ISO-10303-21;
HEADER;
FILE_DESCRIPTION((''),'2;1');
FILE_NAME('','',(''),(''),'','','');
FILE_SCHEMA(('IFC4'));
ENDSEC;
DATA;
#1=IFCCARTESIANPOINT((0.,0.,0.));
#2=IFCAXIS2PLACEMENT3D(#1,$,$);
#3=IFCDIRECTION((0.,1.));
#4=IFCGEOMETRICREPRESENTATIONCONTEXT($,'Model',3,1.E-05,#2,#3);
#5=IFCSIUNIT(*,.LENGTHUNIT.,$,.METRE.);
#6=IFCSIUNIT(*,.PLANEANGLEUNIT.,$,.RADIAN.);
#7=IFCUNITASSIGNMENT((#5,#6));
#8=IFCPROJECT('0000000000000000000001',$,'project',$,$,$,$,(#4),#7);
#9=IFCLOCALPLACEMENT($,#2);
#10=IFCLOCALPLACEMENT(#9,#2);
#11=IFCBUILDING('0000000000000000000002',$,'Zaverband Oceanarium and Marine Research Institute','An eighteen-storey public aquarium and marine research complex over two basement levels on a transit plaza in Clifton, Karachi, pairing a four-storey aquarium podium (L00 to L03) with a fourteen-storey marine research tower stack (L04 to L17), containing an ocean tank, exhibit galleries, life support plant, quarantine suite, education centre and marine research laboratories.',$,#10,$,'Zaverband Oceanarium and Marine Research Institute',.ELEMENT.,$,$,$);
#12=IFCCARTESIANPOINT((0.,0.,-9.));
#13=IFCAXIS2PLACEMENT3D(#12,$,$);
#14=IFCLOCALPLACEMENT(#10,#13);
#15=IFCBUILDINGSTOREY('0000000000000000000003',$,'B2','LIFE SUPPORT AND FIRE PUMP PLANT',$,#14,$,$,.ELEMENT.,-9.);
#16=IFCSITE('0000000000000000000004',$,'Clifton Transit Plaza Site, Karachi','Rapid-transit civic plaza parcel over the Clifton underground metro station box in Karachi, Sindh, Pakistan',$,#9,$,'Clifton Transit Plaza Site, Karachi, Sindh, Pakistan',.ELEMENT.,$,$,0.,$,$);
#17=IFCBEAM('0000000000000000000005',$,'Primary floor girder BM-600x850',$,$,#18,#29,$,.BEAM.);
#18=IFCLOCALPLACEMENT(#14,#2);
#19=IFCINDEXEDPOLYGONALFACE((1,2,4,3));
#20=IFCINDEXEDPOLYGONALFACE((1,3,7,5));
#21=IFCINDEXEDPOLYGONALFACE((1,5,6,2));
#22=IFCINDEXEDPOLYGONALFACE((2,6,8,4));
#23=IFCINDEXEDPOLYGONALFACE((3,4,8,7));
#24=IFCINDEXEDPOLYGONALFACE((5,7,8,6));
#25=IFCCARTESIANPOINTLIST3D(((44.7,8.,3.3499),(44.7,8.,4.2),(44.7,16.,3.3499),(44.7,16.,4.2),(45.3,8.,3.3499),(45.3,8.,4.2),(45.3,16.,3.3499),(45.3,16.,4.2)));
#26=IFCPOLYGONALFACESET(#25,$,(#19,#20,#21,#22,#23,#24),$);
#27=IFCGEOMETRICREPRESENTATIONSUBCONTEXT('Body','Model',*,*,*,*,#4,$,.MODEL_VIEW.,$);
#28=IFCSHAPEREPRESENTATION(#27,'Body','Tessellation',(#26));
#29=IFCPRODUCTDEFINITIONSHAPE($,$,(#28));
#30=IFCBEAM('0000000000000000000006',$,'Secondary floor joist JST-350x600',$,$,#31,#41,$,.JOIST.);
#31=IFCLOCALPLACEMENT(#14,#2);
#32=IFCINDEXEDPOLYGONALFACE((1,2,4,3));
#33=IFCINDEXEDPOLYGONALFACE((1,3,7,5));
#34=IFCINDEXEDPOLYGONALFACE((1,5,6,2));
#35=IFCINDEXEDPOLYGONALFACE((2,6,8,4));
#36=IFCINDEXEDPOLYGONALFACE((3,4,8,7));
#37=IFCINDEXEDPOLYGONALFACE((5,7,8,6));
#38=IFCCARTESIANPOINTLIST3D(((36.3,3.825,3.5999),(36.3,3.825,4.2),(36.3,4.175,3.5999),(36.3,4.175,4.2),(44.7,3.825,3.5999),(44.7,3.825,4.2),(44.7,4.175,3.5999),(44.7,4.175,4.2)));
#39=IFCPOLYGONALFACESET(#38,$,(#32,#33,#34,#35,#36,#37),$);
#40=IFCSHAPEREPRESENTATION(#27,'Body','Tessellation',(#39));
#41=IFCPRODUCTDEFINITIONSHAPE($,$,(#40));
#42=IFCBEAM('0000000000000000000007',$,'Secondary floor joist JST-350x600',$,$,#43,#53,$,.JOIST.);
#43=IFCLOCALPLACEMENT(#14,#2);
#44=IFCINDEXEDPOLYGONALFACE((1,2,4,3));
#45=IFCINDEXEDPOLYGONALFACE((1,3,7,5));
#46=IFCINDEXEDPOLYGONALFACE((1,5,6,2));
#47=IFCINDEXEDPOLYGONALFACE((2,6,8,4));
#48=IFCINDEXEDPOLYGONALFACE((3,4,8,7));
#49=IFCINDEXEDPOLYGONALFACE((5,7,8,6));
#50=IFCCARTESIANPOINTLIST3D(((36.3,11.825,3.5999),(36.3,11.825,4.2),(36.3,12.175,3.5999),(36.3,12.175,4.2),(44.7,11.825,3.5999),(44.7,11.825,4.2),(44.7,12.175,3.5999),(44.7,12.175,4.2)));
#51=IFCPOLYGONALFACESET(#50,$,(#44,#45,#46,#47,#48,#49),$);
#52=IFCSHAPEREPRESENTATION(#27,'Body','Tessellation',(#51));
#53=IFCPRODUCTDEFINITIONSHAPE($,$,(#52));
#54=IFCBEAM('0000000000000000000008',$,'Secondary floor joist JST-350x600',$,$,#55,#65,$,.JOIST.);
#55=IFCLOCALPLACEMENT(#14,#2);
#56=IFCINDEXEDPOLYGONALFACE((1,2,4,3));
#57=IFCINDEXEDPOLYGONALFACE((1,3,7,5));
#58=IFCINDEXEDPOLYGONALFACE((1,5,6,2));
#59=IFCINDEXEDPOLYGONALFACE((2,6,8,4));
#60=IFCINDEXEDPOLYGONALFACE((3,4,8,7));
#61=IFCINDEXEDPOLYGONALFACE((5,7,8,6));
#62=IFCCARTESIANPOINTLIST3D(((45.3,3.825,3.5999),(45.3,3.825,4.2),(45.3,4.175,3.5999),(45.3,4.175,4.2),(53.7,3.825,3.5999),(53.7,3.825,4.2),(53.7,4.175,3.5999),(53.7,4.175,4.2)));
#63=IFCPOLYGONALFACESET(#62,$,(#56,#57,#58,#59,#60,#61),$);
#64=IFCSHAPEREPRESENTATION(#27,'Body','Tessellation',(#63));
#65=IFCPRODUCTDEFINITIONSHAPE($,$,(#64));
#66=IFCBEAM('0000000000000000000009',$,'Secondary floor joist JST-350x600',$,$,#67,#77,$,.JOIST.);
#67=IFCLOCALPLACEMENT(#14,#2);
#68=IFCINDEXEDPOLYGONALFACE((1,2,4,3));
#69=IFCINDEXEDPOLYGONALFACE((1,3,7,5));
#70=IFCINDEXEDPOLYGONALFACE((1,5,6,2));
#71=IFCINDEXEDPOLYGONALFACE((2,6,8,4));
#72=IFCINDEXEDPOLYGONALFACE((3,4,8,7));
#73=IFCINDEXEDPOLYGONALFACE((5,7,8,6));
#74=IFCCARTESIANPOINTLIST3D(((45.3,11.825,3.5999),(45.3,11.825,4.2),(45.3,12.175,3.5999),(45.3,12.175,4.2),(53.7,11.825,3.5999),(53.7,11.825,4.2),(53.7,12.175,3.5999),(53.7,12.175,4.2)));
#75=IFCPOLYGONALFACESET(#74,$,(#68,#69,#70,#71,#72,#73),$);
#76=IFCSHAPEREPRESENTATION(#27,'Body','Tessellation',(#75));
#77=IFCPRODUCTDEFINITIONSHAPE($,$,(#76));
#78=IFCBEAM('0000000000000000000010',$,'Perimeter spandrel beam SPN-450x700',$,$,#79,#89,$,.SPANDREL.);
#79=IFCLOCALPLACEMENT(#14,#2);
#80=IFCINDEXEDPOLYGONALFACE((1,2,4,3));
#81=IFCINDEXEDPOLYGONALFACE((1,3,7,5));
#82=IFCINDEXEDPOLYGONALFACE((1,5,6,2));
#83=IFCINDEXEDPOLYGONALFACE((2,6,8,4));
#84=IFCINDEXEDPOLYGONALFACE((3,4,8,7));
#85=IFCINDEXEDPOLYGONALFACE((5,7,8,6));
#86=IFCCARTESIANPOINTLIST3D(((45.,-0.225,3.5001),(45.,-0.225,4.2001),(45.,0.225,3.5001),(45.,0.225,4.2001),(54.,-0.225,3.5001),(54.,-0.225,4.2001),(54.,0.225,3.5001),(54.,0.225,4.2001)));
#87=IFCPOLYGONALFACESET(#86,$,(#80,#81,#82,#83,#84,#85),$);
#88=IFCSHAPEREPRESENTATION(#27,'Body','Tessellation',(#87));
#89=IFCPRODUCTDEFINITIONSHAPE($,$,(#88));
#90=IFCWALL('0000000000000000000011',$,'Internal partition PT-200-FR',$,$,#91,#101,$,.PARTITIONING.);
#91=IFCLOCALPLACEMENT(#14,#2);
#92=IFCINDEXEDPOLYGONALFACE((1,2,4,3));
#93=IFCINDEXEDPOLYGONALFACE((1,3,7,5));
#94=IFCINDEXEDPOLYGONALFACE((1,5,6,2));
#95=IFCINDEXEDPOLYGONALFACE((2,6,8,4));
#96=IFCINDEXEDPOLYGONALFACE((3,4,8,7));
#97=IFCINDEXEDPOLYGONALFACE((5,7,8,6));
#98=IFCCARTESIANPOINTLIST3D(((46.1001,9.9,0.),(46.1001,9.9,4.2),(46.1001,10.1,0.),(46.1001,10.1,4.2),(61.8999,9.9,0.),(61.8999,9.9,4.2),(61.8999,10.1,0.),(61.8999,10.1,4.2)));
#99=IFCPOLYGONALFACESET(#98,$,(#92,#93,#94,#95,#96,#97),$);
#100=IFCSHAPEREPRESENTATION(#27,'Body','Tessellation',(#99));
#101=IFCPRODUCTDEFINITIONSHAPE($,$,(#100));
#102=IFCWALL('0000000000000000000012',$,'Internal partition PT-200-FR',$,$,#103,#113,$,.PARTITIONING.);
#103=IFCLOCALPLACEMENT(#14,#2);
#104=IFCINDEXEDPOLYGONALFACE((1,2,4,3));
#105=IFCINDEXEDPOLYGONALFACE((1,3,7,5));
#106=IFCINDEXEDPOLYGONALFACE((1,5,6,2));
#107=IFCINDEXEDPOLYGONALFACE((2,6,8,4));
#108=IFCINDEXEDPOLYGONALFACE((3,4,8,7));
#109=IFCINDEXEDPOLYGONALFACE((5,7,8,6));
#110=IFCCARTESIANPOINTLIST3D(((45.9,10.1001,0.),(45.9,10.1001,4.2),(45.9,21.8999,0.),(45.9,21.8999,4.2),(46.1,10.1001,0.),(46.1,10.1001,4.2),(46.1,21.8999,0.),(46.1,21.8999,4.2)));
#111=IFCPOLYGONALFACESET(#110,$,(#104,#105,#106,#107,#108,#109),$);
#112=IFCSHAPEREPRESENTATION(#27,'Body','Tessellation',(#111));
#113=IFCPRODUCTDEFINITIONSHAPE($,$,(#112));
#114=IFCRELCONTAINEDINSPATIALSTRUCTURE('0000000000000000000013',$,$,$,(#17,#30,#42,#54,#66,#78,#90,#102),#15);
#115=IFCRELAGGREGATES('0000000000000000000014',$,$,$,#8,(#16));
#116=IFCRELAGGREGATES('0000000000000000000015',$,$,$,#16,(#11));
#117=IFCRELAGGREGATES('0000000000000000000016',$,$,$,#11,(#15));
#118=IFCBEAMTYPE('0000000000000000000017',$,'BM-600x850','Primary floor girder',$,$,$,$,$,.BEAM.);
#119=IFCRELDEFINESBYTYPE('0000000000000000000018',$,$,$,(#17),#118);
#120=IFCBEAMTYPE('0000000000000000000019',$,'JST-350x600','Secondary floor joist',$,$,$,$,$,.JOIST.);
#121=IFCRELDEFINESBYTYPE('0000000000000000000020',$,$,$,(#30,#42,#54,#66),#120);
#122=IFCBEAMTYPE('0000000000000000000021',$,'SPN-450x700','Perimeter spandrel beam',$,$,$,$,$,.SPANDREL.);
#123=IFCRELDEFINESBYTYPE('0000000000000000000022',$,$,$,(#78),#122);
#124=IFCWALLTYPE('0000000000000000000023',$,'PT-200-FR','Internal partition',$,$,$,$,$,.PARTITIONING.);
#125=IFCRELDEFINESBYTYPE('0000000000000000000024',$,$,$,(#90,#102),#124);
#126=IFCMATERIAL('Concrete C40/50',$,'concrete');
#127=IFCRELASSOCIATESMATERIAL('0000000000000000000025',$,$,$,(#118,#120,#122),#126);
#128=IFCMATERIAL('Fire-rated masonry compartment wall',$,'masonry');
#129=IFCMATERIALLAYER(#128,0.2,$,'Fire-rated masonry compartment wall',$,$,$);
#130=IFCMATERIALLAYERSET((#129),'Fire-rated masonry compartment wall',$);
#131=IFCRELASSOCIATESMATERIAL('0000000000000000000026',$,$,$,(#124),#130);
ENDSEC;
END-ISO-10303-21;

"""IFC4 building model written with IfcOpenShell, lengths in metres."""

from ifc_helpers import new_model, si_unit, direction, frame, frame_2d, origin, origin_2d, place, context, subcontext, project, spatial, rectangle, extrude, material, layer, layer_set, material_profile, profile_set, type_object, element, save


model = new_model("IFC4")

# Units and contexts
model_context = context("Model", 3, precision=1e-05, world=origin(), true_north=direction((0.0, 1.0)))
body_context = subcontext(model_context, "Body", "Model", "MODEL_VIEW")
ifc_project = project(units=[si_unit("LENGTHUNIT", "METRE"), si_unit("PLANEANGLEUNIT", "RADIAN")], contexts=[model_context])

# Site, building, storey
site_placement = place(None, origin())
site = spatial("IfcSite", under=ifc_project, at=site_placement, Name="Clifton Transit Plaza Site, Karachi", Description="Rapid-transit civic plaza parcel over the Clifton underground metro station box in Karachi, Sindh, Pakistan", LongName="Clifton Transit Plaza Site, Karachi, Sindh, Pakistan", CompositionType="ELEMENT", RefElevation=0.0)
building_placement = place(site_placement, origin())
building = spatial("IfcBuilding", under=site, at=building_placement, Name="Zaverband Oceanarium and Marine Research Institute", Description="An eighteen-storey public aquarium and marine research complex over two basement levels on a transit plaza in Clifton, Karachi, pairing a four-storey aquarium podium (L00 to L03) with a fourteen-storey marine research tower stack (L04 to L17), containing an ocean tank, exhibit galleries, life support plant, quarantine suite, education centre and marine research laboratories.", LongName="Zaverband Oceanarium and Marine Research Institute", CompositionType="ELEMENT")
storey_placement = place(building_placement, frame((0.0, 0.0, -9.0)))
storey = spatial("IfcBuildingStorey", under=building, at=storey_placement, Name="B2", Description="LIFE SUPPORT AND FIRE PUMP PLANT", CompositionType="ELEMENT", Elevation=-9.0)

# Beams
ifc_material_1 = material(Name="Concrete C40/50", Category="concrete")
ifc_material_profile_1 = material_profile(ifc_material_1, rectangle(XDim=0.6001, YDim=0.8501, at=origin_2d()), Name="RC600x850")
ifc_profile_set_1 = profile_set([ifc_material_profile_1], Name="Concrete C40/50")
beam_type_1 = type_object("IfcBeamType", Name="BM-600x850", Description="Primary floor girder", PredefinedType="BEAM", material=ifc_profile_set_1)
for number, where, z_axis, x_axis, name in (
    (1, (45.0, 8.0, 3.7749), (0.0, 1.0, 0.0), (-1.0, 0.0, 0.0), "Primary floor girder BM-600x850"),
):
    element("IfcBeam", number, at=place(storey_placement, frame(where, z_axis=z_axis, x_axis=x_axis)), inside=storey, type_object=beam_type_1, Name=name, PredefinedType="BEAM", context=body_context, shape_type="SweptSolid", body=[
        extrude(rectangle(XDim=0.6001, YDim=0.8501, at=origin_2d()), origin(), (0.0, 0.0, 1.0), 8.0),
    ])
ifc_material_profile_2 = material_profile(ifc_material_1, rectangle(XDim=0.3501, YDim=0.6001, at=origin_2d()), Name="RC350x600")
ifc_profile_set_2 = profile_set([ifc_material_profile_2], Name="Concrete C40/50")
beam_type_2 = type_object("IfcBeamType", Name="JST-350x600", Description="Secondary floor joist", PredefinedType="JOIST", material=ifc_profile_set_2)
for number, where, z_axis, x_axis, name in (
    (2, (36.3, 4.0, 3.8999), (1.0, 0.0, 0.0), (0.0, 1.0, 0.0), "Secondary floor joist JST-350x600"),
    (3, (36.3, 12.0, 3.8999), (1.0, 0.0, 0.0), (0.0, 1.0, 0.0), "Secondary floor joist JST-350x600"),
    (4, (45.3, 4.0, 3.8999), (1.0, 0.0, 0.0), (0.0, 1.0, 0.0), "Secondary floor joist JST-350x600"),
    (5, (45.3, 12.0, 3.8999), (1.0, 0.0, 0.0), (0.0, 1.0, 0.0), "Secondary floor joist JST-350x600"),
):
    element("IfcBeam", number, at=place(storey_placement, frame(where, z_axis=z_axis, x_axis=x_axis)), inside=storey, type_object=beam_type_2, Name=name, PredefinedType="JOIST", context=body_context, shape_type="SweptSolid", body=[
        extrude(rectangle(XDim=0.3501, YDim=0.6001, at=origin_2d()), origin(), (0.0, 0.0, 1.0), 8.3999),
    ])
ifc_material_profile_3 = material_profile(ifc_material_1, rectangle(XDim=0.45, YDim=0.7, at=origin_2d()), Name="RC450x700")
ifc_profile_set_3 = profile_set([ifc_material_profile_3], Name="Concrete C40/50")
beam_type_3 = type_object("IfcBeamType", Name="SPN-450x700", Description="Perimeter spandrel beam", PredefinedType="SPANDREL", material=ifc_profile_set_3)
beam_1_placement = place(storey_placement, frame((45.0, 0.0, 3.8501), z_axis=(1.0, 0.0, 0.0), x_axis=(0.0, 1.0, 0.0)))
element("IfcBeam", 6, at=beam_1_placement, inside=storey, type_object=beam_type_3, Name="Perimeter spandrel beam SPN-450x700", PredefinedType="SPANDREL", context=body_context, shape_type="SweptSolid", body=[
    extrude(rectangle(XDim=0.45, YDim=0.7, at=origin_2d()), origin(), (0.0, 0.0, 1.0), 9.0),
])

# Walls
ifc_material_2 = material(Name="Fire-rated masonry compartment wall", Category="masonry")
ifc_layer_1 = layer(ifc_material_2, 0.2, Name="Fire-rated masonry compartment wall")
ifc_layer_set_1 = layer_set([ifc_layer_1], Name="Fire-rated masonry compartment wall")
wall_type = type_object("IfcWallType", Name="PT-200-FR", Description="Internal partition", PredefinedType="PARTITIONING", material=ifc_layer_set_1)
wall_1_placement = place(storey_placement, frame((46.1001, 10.0, 0.0), z_axis=(0.0, 0.0, 1.0), x_axis=(1.0, 0.0, 0.0)))
element("IfcWall", 7, at=wall_1_placement, inside=storey, type_object=wall_type, Name="Internal partition PT-200-FR", PredefinedType="PARTITIONING", context=body_context, shape_type="SweptSolid", body=[
    extrude(rectangle(XDim=15.7998, YDim=0.2, at=frame_2d((7.8999, 0.0))), origin(), (0.0, 0.0, 1.0), 4.2),
])
wall_2_placement = place(storey_placement, frame((46.0, 10.1001, 0.0), z_axis=(0.0, 0.0, 1.0), x_axis=(0.0, 1.0, 0.0)))
element("IfcWall", 8, at=wall_2_placement, inside=storey, type_object=wall_type, Name="Internal partition PT-200-FR", PredefinedType="PARTITIONING", context=body_context, shape_type="SweptSolid", body=[
    extrude(rectangle(XDim=11.7998, YDim=0.2, at=frame_2d((5.8999, 0.0))), origin(), (0.0, 0.0, 1.0), 4.2),
])

save(model, "model.ifc")
